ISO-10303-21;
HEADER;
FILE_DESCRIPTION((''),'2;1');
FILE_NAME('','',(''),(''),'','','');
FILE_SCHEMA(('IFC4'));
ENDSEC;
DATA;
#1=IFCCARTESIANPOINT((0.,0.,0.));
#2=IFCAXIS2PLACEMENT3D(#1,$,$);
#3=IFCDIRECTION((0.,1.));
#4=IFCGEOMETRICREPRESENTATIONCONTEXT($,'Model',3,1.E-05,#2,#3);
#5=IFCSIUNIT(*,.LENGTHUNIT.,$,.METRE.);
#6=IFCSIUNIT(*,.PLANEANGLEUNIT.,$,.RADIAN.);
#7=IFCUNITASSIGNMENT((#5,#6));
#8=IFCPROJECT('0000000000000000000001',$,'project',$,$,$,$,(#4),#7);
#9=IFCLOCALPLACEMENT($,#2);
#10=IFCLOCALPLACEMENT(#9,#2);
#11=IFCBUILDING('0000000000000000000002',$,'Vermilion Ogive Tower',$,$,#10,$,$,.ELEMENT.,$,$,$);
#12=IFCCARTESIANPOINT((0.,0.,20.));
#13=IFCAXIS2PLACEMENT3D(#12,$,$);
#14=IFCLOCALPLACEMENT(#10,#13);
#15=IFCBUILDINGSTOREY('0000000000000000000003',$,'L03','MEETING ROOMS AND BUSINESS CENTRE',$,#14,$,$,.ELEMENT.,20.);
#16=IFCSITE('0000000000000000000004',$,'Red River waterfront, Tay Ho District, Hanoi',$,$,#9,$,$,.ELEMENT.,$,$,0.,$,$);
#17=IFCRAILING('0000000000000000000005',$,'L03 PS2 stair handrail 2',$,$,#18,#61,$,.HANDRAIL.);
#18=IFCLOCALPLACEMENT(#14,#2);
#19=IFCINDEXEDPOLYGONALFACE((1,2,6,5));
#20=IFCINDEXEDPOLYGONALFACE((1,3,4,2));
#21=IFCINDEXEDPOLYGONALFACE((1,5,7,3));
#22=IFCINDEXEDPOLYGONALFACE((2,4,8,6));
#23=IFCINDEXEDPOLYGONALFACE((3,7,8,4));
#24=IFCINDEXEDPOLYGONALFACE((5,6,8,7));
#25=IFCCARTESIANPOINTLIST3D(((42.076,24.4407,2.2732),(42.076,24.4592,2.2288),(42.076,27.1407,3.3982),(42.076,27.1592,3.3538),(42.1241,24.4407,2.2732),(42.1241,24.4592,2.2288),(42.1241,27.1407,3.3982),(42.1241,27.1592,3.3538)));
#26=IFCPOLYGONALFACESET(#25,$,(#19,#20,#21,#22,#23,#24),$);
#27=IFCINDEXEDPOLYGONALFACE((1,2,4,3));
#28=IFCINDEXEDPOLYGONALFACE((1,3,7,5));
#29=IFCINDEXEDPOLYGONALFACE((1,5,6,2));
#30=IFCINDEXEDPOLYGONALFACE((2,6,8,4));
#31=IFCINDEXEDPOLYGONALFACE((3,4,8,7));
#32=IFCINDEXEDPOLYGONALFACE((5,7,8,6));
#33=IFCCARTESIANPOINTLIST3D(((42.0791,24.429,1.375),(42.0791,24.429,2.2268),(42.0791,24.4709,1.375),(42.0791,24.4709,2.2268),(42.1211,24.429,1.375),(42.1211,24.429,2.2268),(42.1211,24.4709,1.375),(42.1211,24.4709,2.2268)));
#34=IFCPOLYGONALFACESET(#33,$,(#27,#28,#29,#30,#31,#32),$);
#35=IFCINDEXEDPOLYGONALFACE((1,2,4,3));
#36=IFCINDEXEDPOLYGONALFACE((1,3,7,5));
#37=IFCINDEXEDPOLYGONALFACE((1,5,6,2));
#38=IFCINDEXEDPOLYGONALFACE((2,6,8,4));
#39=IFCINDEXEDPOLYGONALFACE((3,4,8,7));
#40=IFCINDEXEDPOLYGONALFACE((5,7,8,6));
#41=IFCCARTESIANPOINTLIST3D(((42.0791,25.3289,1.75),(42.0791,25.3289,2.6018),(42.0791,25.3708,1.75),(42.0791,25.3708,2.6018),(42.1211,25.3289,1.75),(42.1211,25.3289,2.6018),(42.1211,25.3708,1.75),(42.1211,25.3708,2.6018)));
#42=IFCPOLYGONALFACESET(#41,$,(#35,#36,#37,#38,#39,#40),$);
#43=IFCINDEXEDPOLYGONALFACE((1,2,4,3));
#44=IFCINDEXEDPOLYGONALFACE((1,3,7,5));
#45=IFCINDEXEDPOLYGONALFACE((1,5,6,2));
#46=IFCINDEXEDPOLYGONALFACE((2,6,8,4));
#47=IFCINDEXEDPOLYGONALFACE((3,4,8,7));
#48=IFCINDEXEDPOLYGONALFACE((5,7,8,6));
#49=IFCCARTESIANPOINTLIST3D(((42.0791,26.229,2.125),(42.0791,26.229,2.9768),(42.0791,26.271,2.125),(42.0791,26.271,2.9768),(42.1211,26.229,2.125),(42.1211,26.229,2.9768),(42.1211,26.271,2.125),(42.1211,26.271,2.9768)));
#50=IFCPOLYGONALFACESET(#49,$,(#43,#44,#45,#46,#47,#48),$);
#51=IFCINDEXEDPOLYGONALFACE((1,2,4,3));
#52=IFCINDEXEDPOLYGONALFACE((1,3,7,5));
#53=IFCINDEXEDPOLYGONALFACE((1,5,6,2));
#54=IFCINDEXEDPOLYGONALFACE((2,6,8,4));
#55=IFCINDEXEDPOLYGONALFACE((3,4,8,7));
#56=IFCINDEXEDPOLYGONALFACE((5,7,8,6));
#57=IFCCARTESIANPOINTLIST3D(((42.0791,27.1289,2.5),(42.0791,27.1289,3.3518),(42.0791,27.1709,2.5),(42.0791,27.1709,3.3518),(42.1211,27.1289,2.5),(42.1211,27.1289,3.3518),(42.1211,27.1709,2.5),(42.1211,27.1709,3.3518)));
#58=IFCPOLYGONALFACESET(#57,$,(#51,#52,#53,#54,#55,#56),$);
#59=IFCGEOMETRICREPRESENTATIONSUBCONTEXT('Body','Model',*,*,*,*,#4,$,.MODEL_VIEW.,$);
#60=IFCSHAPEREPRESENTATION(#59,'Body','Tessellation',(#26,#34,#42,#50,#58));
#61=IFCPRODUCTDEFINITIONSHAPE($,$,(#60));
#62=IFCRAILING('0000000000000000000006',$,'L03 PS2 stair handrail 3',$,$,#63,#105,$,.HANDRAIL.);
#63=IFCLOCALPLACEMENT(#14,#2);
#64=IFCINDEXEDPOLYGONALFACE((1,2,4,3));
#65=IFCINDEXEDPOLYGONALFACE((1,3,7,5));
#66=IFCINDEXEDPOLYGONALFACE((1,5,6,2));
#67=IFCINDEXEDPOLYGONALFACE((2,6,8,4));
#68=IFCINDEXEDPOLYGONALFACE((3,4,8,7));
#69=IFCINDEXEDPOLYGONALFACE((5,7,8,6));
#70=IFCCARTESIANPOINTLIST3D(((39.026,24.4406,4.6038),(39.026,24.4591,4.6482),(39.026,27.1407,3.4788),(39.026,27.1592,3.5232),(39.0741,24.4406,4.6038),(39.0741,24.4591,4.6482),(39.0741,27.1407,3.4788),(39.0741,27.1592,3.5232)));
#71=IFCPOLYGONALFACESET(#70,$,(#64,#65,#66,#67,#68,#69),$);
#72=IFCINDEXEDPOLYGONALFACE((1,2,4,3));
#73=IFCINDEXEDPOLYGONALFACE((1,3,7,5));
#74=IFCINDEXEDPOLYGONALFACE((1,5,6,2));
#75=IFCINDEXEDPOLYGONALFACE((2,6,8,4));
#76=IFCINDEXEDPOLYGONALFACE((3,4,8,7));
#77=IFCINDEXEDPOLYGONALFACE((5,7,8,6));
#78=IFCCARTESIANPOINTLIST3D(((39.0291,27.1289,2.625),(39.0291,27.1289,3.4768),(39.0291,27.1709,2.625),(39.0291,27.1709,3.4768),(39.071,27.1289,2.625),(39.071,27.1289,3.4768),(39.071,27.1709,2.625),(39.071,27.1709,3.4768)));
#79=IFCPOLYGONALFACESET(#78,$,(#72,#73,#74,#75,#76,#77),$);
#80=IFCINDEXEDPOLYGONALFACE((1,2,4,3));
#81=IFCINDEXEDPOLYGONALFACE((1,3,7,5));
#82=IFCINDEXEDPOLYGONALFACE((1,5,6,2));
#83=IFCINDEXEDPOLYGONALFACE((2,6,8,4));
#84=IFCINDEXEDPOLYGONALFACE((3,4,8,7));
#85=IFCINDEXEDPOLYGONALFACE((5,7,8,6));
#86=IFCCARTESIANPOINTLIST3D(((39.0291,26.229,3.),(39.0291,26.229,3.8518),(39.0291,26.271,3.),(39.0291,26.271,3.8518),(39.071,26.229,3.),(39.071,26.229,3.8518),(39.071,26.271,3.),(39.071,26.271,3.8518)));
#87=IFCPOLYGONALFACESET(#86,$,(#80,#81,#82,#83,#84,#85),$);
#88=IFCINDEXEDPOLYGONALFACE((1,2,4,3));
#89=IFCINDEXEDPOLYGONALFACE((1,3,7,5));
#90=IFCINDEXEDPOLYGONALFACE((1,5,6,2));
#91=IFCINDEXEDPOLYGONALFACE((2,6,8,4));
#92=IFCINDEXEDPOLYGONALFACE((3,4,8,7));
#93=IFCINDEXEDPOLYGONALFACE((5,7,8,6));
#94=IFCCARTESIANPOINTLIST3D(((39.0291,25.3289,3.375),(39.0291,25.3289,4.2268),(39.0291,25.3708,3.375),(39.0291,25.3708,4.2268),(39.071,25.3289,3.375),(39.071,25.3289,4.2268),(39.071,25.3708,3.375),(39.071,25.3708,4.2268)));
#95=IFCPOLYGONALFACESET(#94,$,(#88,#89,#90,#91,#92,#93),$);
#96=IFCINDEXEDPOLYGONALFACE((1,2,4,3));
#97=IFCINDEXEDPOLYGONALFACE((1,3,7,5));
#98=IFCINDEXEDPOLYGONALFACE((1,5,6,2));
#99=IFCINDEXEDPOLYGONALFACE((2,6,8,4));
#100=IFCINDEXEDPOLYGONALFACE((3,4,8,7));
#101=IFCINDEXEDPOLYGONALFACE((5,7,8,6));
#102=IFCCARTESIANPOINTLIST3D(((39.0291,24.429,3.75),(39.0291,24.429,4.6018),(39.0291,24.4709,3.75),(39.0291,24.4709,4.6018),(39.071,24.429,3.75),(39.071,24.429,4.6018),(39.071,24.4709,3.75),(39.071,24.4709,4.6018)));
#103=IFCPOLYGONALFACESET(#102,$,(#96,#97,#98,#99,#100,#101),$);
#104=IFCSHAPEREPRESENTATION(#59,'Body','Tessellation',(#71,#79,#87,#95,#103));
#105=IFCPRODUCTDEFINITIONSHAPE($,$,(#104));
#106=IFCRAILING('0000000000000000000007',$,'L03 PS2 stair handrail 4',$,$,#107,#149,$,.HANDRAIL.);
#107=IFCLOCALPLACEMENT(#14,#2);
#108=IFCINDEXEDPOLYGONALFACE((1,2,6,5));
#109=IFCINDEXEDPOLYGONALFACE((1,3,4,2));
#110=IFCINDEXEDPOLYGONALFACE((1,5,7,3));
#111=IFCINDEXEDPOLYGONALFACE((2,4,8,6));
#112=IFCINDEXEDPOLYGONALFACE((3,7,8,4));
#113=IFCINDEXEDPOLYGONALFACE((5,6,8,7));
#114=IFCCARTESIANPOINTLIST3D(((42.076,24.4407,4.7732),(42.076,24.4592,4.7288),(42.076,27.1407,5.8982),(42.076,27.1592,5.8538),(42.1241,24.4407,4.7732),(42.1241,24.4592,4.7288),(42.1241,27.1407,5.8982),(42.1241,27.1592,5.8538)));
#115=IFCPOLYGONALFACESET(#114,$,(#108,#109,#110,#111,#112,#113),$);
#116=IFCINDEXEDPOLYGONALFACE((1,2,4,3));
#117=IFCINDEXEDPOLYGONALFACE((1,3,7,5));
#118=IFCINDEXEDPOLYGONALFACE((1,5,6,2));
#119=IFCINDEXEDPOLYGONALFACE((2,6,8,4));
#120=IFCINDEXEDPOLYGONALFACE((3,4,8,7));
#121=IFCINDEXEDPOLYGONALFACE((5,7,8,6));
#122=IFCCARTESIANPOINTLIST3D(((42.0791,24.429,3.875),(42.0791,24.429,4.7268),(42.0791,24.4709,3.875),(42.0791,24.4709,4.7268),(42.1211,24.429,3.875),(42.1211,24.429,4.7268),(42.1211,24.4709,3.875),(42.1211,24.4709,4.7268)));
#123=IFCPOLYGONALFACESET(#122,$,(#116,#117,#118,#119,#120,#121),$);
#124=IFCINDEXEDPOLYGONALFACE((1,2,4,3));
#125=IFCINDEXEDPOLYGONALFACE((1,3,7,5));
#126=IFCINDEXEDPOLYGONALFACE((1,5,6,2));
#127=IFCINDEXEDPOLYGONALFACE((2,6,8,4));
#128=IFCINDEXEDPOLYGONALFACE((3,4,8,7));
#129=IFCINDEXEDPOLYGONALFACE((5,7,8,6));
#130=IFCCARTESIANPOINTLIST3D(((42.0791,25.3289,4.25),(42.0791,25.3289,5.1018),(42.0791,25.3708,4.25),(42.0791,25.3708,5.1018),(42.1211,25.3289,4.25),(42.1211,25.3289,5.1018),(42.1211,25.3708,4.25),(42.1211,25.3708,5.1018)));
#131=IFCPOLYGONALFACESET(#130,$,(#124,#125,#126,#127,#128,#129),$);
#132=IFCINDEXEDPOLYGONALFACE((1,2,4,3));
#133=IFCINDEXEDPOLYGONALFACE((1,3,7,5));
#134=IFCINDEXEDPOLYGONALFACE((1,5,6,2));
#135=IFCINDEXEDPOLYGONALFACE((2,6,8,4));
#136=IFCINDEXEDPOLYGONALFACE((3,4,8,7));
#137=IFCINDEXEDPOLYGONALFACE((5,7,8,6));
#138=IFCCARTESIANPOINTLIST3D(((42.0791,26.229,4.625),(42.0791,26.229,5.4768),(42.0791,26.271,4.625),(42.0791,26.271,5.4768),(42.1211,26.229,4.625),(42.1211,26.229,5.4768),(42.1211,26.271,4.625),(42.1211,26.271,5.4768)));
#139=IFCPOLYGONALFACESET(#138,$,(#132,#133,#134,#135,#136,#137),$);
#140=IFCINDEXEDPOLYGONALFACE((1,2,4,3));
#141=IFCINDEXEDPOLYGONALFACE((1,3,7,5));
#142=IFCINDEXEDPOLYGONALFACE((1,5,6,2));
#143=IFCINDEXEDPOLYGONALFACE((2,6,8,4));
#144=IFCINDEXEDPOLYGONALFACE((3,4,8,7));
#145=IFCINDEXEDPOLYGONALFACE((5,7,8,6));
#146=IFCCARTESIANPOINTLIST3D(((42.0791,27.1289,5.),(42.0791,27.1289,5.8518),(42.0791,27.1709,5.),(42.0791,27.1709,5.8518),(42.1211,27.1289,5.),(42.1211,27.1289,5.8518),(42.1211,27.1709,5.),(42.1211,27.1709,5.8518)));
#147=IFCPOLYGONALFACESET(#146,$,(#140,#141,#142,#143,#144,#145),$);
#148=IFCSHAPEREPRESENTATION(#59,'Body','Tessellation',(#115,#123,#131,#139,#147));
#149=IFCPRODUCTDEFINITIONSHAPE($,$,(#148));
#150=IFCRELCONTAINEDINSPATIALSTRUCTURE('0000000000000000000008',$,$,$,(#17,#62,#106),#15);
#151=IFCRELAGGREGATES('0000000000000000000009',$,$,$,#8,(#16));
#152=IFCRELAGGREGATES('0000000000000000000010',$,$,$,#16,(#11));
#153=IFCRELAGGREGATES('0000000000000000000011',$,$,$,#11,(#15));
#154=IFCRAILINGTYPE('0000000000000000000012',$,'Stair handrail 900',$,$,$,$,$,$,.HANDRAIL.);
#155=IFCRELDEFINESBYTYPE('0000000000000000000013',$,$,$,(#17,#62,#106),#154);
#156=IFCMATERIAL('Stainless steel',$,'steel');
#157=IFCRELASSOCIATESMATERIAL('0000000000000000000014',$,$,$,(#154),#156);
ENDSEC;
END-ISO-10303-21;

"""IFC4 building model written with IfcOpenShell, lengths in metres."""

from ifc_helpers import new_model, si_unit, direction, frame, origin, origin_2d, place, context, subcontext, project, spatial, rectangle, extrude, material, type_object, element, save


model = new_model("IFC4")

# Units and contexts
model_context = context("Model", 3, precision=1e-05, world=origin(), true_north=direction((0.0, 1.0)))
body_context = subcontext(model_context, "Body", "Model", "MODEL_VIEW")
ifc_project = project(units=[si_unit("LENGTHUNIT", "METRE"), si_unit("PLANEANGLEUNIT", "RADIAN")], contexts=[model_context])

# Site, building, storey
site_placement = place(None, origin())
site = spatial("IfcSite", under=ifc_project, at=site_placement, Name="Red River waterfront, Tay Ho District, Hanoi", CompositionType="ELEMENT", RefElevation=0.0)
building_placement = place(site_placement, origin())
building = spatial("IfcBuilding", under=site, at=building_placement, Name="Vermilion Ogive Tower", CompositionType="ELEMENT")
storey_placement = place(building_placement, frame((0.0, 0.0, 20.0)))
storey = spatial("IfcBuildingStorey", under=building, at=storey_placement, Name="L03", Description="MEETING ROOMS AND BUSINESS CENTRE", CompositionType="ELEMENT", Elevation=20.0)

# Railings
ifc_material_1 = material(Name="Stainless steel", Category="steel")
railing_type_1 = type_object("IfcRailingType", Name="Stair handrail 900", PredefinedType="HANDRAIL", material=ifc_material_1)
railing_1_placement = place(storey_placement, frame((42.1001, 24.45, 1.375)))
element("IfcRailing", 1, at=railing_1_placement, inside=storey, type_object=railing_type_1, Name="L03 PS2 stair handrail 2", PredefinedType="HANDRAIL", context=body_context, shape_type="SweptSolid", body=[
    extrude(rectangle(XDim=0.0481, YDim=0.0481, at=origin_2d()), frame((0.0, 0.0, 0.876), z_axis=(0.0, 0.923074, 0.384621), x_axis=(-1.0, 0.0, 0.0)), (0.0, 0.0, 1.0), 2.925),
    extrude(rectangle(XDim=0.042, YDim=0.042, at=origin_2d()), origin(), (0.0, 0.0, 1.0), 0.8518),
    extrude(rectangle(XDim=0.042, YDim=0.042, at=origin_2d()), frame((0.0, 0.8999, 0.375)), (0.0, 0.0, 1.0), 0.8518),
    extrude(rectangle(XDim=0.042, YDim=0.042, at=origin_2d()), frame((0.0, 1.8, 0.75)), (0.0, 0.0, 1.0), 0.8518),
    extrude(rectangle(XDim=0.042, YDim=0.042, at=origin_2d()), frame((0.0, 2.7, 1.125)), (0.0, 0.0, 1.0), 0.8518),
])
railing_2_placement = place(storey_placement, frame((39.05, 27.1499, 2.625)))
element("IfcRailing", 2, at=railing_2_placement, inside=storey, type_object=railing_type_1, Name="L03 PS2 stair handrail 3", PredefinedType="HANDRAIL", context=body_context, shape_type="SweptSolid", body=[
    extrude(rectangle(XDim=0.0481, YDim=0.0481, at=origin_2d()), frame((0.0, 0.0, 0.876), z_axis=(0.0, -0.923074, 0.384621), x_axis=(1.0, 0.0, 0.0)), (0.0, 0.0, 1.0), 2.925),
    extrude(rectangle(XDim=0.042, YDim=0.042, at=origin_2d()), origin(), (0.0, 0.0, 1.0), 0.8518),
    extrude(rectangle(XDim=0.042, YDim=0.042, at=origin_2d()), frame((0.0, -0.8999, 0.375)), (0.0, 0.0, 1.0), 0.8518),
    extrude(rectangle(XDim=0.042, YDim=0.042, at=origin_2d()), frame((0.0, -1.8, 0.75)), (0.0, 0.0, 1.0), 0.8518),
    extrude(rectangle(XDim=0.042, YDim=0.042, at=origin_2d()), frame((0.0, -2.7, 1.125)), (0.0, 0.0, 1.0), 0.8518),
])
railing_3_placement = place(storey_placement, frame((42.1001, 24.45, 3.875)))
element("IfcRailing", 3, at=railing_3_placement, inside=storey, type_object=railing_type_1, Name="L03 PS2 stair handrail 4", PredefinedType="HANDRAIL", context=body_context, shape_type="SweptSolid", body=[
    extrude(rectangle(XDim=0.0481, YDim=0.0481, at=origin_2d()), frame((0.0, 0.0, 0.876), z_axis=(0.0, 0.923074, 0.384621), x_axis=(-1.0, 0.0, 0.0)), (0.0, 0.0, 1.0), 2.925),
    extrude(rectangle(XDim=0.042, YDim=0.042, at=origin_2d()), origin(), (0.0, 0.0, 1.0), 0.8518),
    extrude(rectangle(XDim=0.042, YDim=0.042, at=origin_2d()), frame((0.0, 0.8999, 0.375)), (0.0, 0.0, 1.0), 0.8518),
    extrude(rectangle(XDim=0.042, YDim=0.042, at=origin_2d()), frame((0.0, 1.8, 0.75)), (0.0, 0.0, 1.0), 0.8518),
    extrude(rectangle(XDim=0.042, YDim=0.042, at=origin_2d()), frame((0.0, 2.7, 1.125)), (0.0, 0.0, 1.0), 0.8518),
])

save(model, "model.ifc")
